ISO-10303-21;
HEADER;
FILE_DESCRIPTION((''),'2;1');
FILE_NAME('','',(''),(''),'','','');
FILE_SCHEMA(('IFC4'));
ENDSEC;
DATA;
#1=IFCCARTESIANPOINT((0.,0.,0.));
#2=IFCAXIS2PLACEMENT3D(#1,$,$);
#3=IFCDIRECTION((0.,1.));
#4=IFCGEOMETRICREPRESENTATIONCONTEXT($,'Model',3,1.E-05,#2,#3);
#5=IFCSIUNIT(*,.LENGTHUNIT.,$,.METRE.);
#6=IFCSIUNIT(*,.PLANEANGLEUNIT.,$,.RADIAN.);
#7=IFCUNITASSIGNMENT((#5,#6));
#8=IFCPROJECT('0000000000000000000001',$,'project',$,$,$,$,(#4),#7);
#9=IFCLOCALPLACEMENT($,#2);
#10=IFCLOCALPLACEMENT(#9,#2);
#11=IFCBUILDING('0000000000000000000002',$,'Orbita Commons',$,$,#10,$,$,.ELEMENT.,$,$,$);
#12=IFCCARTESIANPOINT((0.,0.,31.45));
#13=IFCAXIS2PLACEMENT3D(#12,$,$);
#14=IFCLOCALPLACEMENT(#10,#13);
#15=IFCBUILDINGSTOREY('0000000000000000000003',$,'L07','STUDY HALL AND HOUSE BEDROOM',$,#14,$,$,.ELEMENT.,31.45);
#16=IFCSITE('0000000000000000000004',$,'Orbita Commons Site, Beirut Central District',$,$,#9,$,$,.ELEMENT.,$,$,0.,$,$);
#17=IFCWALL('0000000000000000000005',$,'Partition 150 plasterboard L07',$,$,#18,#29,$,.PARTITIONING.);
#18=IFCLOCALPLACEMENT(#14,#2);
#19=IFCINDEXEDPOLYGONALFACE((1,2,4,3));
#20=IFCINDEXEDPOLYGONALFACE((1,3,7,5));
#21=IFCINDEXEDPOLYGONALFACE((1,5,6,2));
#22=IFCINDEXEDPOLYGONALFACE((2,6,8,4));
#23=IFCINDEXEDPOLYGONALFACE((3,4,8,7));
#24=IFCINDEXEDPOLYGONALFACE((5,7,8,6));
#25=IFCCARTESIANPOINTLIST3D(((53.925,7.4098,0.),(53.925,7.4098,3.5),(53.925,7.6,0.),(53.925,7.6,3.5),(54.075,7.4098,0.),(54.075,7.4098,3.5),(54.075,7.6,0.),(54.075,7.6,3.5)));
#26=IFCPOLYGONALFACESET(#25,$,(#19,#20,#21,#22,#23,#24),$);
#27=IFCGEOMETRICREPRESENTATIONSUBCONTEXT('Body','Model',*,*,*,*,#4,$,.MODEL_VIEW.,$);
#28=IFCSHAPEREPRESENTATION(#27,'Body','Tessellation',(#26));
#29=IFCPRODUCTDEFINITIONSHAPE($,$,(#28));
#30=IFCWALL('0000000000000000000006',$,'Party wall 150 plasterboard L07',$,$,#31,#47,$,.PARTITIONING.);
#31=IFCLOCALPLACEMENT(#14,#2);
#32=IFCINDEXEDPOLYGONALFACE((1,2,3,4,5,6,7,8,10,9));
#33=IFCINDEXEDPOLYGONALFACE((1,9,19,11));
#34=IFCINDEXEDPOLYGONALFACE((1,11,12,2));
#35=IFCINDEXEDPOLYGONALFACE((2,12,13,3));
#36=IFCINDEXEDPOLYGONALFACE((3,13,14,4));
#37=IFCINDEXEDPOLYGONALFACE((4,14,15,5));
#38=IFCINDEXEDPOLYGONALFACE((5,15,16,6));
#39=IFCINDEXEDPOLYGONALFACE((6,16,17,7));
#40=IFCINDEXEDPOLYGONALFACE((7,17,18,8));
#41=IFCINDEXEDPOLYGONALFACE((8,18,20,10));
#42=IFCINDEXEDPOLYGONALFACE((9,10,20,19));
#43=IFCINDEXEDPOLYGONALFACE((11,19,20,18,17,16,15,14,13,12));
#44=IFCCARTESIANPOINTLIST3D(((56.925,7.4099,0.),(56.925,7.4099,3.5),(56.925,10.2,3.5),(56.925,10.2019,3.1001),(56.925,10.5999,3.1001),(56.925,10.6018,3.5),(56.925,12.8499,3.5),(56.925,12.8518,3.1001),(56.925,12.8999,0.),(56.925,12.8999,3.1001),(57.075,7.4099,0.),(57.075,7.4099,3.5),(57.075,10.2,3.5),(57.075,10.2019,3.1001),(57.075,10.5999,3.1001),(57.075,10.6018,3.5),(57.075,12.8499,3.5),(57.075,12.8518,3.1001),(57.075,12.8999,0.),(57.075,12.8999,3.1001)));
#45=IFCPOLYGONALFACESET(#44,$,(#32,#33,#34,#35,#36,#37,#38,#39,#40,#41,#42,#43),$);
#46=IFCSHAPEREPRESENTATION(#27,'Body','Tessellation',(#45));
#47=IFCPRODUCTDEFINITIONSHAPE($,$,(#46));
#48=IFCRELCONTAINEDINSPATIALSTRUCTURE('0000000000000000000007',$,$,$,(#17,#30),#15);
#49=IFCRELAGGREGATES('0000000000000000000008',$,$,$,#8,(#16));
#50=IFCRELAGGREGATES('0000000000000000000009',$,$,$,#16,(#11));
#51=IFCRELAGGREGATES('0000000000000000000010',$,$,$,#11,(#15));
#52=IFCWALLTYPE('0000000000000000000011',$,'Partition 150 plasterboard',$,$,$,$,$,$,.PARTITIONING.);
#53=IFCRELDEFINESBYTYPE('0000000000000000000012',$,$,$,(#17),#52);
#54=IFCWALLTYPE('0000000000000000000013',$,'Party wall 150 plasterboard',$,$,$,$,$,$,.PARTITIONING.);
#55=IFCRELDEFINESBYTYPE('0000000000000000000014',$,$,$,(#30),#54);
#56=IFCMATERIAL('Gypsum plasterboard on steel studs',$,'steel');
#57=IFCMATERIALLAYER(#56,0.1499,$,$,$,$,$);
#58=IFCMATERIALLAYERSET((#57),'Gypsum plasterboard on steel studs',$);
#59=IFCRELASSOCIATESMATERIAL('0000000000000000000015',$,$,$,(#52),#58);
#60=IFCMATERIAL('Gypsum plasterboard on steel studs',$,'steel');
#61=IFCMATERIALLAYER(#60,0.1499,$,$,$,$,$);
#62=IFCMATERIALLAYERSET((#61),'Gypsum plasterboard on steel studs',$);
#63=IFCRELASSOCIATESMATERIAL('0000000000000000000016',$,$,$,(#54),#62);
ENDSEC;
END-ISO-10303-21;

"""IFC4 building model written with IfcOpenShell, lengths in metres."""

from ifc_helpers import new_model, si_unit, direction, frame, frame_2d, origin, place, context, subcontext, project, spatial, polyline, rectangle, outline, extrude, material, layer, layer_set, type_object, element, save


model = new_model("IFC4")

# Units and contexts
model_context = context("Model", 3, precision=1e-05, world=origin(), true_north=direction((0.0, 1.0)))
body_context = subcontext(model_context, "Body", "Model", "MODEL_VIEW")
ifc_project = project(units=[si_unit("LENGTHUNIT", "METRE"), si_unit("PLANEANGLEUNIT", "RADIAN")], contexts=[model_context])

# Site, building, storey
site_placement = place(None, origin())
site = spatial("IfcSite", under=ifc_project, at=site_placement, Name="Orbita Commons Site, Beirut Central District", CompositionType="ELEMENT", RefElevation=0.0)
building_placement = place(site_placement, origin())
building = spatial("IfcBuilding", under=site, at=building_placement, Name="Orbita Commons", CompositionType="ELEMENT")
storey_placement = place(building_placement, frame((0.0, 0.0, 31.45)))
storey = spatial("IfcBuildingStorey", under=building, at=storey_placement, Name="L07", Description="STUDY HALL AND HOUSE BEDROOM", CompositionType="ELEMENT", Elevation=31.45)

# Walls
ifc_material_1 = material(Name="Gypsum plasterboard on steel studs", Category="steel")
ifc_layer_1 = layer(ifc_material_1, 0.1499)
ifc_layer_set_1 = layer_set([ifc_layer_1], Name="Gypsum plasterboard on steel studs")
wall_type_1 = type_object("IfcWallType", Name="Partition 150 plasterboard", PredefinedType="PARTITIONING", material=ifc_layer_set_1)
wall_1_placement = place(storey_placement, frame((54.0, 7.6001, 0.0), z_axis=(0.0, 0.0, 1.0), x_axis=(0.0, -1.0, 0.0)))
element("IfcWall", 1, at=wall_1_placement, inside=storey, type_object=wall_type_1, Name="Partition 150 plasterboard L07", PredefinedType="PARTITIONING", context=body_context, shape_type="SweptSolid", body=[
    extrude(rectangle(XDim=0.1902, YDim=0.1499, at=frame_2d((0.0952, 0.0))), origin(), (0.0, 0.0, 1.0), 3.5),
])
ifc_material_2 = material(Name="Gypsum plasterboard on steel studs", Category="steel")
ifc_layer_2 = layer(ifc_material_2, 0.1499)
ifc_layer_set_2 = layer_set([ifc_layer_2], Name="Gypsum plasterboard on steel studs")
wall_type_2 = type_object("IfcWallType", Name="Party wall 150 plasterboard", PredefinedType="PARTITIONING", material=ifc_layer_set_2)
wall_2_placement = place(storey_placement, frame((57.0, 7.4099, 0.0), z_axis=(0.0, 0.0, 1.0), x_axis=(0.0, 1.0, 0.0)))
element("IfcWall", 2, at=wall_2_placement, inside=storey, type_object=wall_type_2, Name="Party wall 150 plasterboard L07", PredefinedType="PARTITIONING", context=body_context, shape_type="SweptSolid", body=[
    extrude(outline(polyline([(0.0, 0.0), (5.49, 0.0), (5.49, 3.1001), (5.4419, 3.1001), (5.4399, 3.5), (3.1919, 3.5), (3.1899, 3.1001), (2.792, 3.1001), (2.79, 3.5), (0.0, 3.5), (0.0, 0.0)])), frame((0.0, 0.075, 0.0), z_axis=(0.0, -1.0, 0.0), x_axis=(1.0, 0.0, 0.0)), (0.0, 0.0, 1.0), 0.1499),
])

save(model, "model.ifc")
